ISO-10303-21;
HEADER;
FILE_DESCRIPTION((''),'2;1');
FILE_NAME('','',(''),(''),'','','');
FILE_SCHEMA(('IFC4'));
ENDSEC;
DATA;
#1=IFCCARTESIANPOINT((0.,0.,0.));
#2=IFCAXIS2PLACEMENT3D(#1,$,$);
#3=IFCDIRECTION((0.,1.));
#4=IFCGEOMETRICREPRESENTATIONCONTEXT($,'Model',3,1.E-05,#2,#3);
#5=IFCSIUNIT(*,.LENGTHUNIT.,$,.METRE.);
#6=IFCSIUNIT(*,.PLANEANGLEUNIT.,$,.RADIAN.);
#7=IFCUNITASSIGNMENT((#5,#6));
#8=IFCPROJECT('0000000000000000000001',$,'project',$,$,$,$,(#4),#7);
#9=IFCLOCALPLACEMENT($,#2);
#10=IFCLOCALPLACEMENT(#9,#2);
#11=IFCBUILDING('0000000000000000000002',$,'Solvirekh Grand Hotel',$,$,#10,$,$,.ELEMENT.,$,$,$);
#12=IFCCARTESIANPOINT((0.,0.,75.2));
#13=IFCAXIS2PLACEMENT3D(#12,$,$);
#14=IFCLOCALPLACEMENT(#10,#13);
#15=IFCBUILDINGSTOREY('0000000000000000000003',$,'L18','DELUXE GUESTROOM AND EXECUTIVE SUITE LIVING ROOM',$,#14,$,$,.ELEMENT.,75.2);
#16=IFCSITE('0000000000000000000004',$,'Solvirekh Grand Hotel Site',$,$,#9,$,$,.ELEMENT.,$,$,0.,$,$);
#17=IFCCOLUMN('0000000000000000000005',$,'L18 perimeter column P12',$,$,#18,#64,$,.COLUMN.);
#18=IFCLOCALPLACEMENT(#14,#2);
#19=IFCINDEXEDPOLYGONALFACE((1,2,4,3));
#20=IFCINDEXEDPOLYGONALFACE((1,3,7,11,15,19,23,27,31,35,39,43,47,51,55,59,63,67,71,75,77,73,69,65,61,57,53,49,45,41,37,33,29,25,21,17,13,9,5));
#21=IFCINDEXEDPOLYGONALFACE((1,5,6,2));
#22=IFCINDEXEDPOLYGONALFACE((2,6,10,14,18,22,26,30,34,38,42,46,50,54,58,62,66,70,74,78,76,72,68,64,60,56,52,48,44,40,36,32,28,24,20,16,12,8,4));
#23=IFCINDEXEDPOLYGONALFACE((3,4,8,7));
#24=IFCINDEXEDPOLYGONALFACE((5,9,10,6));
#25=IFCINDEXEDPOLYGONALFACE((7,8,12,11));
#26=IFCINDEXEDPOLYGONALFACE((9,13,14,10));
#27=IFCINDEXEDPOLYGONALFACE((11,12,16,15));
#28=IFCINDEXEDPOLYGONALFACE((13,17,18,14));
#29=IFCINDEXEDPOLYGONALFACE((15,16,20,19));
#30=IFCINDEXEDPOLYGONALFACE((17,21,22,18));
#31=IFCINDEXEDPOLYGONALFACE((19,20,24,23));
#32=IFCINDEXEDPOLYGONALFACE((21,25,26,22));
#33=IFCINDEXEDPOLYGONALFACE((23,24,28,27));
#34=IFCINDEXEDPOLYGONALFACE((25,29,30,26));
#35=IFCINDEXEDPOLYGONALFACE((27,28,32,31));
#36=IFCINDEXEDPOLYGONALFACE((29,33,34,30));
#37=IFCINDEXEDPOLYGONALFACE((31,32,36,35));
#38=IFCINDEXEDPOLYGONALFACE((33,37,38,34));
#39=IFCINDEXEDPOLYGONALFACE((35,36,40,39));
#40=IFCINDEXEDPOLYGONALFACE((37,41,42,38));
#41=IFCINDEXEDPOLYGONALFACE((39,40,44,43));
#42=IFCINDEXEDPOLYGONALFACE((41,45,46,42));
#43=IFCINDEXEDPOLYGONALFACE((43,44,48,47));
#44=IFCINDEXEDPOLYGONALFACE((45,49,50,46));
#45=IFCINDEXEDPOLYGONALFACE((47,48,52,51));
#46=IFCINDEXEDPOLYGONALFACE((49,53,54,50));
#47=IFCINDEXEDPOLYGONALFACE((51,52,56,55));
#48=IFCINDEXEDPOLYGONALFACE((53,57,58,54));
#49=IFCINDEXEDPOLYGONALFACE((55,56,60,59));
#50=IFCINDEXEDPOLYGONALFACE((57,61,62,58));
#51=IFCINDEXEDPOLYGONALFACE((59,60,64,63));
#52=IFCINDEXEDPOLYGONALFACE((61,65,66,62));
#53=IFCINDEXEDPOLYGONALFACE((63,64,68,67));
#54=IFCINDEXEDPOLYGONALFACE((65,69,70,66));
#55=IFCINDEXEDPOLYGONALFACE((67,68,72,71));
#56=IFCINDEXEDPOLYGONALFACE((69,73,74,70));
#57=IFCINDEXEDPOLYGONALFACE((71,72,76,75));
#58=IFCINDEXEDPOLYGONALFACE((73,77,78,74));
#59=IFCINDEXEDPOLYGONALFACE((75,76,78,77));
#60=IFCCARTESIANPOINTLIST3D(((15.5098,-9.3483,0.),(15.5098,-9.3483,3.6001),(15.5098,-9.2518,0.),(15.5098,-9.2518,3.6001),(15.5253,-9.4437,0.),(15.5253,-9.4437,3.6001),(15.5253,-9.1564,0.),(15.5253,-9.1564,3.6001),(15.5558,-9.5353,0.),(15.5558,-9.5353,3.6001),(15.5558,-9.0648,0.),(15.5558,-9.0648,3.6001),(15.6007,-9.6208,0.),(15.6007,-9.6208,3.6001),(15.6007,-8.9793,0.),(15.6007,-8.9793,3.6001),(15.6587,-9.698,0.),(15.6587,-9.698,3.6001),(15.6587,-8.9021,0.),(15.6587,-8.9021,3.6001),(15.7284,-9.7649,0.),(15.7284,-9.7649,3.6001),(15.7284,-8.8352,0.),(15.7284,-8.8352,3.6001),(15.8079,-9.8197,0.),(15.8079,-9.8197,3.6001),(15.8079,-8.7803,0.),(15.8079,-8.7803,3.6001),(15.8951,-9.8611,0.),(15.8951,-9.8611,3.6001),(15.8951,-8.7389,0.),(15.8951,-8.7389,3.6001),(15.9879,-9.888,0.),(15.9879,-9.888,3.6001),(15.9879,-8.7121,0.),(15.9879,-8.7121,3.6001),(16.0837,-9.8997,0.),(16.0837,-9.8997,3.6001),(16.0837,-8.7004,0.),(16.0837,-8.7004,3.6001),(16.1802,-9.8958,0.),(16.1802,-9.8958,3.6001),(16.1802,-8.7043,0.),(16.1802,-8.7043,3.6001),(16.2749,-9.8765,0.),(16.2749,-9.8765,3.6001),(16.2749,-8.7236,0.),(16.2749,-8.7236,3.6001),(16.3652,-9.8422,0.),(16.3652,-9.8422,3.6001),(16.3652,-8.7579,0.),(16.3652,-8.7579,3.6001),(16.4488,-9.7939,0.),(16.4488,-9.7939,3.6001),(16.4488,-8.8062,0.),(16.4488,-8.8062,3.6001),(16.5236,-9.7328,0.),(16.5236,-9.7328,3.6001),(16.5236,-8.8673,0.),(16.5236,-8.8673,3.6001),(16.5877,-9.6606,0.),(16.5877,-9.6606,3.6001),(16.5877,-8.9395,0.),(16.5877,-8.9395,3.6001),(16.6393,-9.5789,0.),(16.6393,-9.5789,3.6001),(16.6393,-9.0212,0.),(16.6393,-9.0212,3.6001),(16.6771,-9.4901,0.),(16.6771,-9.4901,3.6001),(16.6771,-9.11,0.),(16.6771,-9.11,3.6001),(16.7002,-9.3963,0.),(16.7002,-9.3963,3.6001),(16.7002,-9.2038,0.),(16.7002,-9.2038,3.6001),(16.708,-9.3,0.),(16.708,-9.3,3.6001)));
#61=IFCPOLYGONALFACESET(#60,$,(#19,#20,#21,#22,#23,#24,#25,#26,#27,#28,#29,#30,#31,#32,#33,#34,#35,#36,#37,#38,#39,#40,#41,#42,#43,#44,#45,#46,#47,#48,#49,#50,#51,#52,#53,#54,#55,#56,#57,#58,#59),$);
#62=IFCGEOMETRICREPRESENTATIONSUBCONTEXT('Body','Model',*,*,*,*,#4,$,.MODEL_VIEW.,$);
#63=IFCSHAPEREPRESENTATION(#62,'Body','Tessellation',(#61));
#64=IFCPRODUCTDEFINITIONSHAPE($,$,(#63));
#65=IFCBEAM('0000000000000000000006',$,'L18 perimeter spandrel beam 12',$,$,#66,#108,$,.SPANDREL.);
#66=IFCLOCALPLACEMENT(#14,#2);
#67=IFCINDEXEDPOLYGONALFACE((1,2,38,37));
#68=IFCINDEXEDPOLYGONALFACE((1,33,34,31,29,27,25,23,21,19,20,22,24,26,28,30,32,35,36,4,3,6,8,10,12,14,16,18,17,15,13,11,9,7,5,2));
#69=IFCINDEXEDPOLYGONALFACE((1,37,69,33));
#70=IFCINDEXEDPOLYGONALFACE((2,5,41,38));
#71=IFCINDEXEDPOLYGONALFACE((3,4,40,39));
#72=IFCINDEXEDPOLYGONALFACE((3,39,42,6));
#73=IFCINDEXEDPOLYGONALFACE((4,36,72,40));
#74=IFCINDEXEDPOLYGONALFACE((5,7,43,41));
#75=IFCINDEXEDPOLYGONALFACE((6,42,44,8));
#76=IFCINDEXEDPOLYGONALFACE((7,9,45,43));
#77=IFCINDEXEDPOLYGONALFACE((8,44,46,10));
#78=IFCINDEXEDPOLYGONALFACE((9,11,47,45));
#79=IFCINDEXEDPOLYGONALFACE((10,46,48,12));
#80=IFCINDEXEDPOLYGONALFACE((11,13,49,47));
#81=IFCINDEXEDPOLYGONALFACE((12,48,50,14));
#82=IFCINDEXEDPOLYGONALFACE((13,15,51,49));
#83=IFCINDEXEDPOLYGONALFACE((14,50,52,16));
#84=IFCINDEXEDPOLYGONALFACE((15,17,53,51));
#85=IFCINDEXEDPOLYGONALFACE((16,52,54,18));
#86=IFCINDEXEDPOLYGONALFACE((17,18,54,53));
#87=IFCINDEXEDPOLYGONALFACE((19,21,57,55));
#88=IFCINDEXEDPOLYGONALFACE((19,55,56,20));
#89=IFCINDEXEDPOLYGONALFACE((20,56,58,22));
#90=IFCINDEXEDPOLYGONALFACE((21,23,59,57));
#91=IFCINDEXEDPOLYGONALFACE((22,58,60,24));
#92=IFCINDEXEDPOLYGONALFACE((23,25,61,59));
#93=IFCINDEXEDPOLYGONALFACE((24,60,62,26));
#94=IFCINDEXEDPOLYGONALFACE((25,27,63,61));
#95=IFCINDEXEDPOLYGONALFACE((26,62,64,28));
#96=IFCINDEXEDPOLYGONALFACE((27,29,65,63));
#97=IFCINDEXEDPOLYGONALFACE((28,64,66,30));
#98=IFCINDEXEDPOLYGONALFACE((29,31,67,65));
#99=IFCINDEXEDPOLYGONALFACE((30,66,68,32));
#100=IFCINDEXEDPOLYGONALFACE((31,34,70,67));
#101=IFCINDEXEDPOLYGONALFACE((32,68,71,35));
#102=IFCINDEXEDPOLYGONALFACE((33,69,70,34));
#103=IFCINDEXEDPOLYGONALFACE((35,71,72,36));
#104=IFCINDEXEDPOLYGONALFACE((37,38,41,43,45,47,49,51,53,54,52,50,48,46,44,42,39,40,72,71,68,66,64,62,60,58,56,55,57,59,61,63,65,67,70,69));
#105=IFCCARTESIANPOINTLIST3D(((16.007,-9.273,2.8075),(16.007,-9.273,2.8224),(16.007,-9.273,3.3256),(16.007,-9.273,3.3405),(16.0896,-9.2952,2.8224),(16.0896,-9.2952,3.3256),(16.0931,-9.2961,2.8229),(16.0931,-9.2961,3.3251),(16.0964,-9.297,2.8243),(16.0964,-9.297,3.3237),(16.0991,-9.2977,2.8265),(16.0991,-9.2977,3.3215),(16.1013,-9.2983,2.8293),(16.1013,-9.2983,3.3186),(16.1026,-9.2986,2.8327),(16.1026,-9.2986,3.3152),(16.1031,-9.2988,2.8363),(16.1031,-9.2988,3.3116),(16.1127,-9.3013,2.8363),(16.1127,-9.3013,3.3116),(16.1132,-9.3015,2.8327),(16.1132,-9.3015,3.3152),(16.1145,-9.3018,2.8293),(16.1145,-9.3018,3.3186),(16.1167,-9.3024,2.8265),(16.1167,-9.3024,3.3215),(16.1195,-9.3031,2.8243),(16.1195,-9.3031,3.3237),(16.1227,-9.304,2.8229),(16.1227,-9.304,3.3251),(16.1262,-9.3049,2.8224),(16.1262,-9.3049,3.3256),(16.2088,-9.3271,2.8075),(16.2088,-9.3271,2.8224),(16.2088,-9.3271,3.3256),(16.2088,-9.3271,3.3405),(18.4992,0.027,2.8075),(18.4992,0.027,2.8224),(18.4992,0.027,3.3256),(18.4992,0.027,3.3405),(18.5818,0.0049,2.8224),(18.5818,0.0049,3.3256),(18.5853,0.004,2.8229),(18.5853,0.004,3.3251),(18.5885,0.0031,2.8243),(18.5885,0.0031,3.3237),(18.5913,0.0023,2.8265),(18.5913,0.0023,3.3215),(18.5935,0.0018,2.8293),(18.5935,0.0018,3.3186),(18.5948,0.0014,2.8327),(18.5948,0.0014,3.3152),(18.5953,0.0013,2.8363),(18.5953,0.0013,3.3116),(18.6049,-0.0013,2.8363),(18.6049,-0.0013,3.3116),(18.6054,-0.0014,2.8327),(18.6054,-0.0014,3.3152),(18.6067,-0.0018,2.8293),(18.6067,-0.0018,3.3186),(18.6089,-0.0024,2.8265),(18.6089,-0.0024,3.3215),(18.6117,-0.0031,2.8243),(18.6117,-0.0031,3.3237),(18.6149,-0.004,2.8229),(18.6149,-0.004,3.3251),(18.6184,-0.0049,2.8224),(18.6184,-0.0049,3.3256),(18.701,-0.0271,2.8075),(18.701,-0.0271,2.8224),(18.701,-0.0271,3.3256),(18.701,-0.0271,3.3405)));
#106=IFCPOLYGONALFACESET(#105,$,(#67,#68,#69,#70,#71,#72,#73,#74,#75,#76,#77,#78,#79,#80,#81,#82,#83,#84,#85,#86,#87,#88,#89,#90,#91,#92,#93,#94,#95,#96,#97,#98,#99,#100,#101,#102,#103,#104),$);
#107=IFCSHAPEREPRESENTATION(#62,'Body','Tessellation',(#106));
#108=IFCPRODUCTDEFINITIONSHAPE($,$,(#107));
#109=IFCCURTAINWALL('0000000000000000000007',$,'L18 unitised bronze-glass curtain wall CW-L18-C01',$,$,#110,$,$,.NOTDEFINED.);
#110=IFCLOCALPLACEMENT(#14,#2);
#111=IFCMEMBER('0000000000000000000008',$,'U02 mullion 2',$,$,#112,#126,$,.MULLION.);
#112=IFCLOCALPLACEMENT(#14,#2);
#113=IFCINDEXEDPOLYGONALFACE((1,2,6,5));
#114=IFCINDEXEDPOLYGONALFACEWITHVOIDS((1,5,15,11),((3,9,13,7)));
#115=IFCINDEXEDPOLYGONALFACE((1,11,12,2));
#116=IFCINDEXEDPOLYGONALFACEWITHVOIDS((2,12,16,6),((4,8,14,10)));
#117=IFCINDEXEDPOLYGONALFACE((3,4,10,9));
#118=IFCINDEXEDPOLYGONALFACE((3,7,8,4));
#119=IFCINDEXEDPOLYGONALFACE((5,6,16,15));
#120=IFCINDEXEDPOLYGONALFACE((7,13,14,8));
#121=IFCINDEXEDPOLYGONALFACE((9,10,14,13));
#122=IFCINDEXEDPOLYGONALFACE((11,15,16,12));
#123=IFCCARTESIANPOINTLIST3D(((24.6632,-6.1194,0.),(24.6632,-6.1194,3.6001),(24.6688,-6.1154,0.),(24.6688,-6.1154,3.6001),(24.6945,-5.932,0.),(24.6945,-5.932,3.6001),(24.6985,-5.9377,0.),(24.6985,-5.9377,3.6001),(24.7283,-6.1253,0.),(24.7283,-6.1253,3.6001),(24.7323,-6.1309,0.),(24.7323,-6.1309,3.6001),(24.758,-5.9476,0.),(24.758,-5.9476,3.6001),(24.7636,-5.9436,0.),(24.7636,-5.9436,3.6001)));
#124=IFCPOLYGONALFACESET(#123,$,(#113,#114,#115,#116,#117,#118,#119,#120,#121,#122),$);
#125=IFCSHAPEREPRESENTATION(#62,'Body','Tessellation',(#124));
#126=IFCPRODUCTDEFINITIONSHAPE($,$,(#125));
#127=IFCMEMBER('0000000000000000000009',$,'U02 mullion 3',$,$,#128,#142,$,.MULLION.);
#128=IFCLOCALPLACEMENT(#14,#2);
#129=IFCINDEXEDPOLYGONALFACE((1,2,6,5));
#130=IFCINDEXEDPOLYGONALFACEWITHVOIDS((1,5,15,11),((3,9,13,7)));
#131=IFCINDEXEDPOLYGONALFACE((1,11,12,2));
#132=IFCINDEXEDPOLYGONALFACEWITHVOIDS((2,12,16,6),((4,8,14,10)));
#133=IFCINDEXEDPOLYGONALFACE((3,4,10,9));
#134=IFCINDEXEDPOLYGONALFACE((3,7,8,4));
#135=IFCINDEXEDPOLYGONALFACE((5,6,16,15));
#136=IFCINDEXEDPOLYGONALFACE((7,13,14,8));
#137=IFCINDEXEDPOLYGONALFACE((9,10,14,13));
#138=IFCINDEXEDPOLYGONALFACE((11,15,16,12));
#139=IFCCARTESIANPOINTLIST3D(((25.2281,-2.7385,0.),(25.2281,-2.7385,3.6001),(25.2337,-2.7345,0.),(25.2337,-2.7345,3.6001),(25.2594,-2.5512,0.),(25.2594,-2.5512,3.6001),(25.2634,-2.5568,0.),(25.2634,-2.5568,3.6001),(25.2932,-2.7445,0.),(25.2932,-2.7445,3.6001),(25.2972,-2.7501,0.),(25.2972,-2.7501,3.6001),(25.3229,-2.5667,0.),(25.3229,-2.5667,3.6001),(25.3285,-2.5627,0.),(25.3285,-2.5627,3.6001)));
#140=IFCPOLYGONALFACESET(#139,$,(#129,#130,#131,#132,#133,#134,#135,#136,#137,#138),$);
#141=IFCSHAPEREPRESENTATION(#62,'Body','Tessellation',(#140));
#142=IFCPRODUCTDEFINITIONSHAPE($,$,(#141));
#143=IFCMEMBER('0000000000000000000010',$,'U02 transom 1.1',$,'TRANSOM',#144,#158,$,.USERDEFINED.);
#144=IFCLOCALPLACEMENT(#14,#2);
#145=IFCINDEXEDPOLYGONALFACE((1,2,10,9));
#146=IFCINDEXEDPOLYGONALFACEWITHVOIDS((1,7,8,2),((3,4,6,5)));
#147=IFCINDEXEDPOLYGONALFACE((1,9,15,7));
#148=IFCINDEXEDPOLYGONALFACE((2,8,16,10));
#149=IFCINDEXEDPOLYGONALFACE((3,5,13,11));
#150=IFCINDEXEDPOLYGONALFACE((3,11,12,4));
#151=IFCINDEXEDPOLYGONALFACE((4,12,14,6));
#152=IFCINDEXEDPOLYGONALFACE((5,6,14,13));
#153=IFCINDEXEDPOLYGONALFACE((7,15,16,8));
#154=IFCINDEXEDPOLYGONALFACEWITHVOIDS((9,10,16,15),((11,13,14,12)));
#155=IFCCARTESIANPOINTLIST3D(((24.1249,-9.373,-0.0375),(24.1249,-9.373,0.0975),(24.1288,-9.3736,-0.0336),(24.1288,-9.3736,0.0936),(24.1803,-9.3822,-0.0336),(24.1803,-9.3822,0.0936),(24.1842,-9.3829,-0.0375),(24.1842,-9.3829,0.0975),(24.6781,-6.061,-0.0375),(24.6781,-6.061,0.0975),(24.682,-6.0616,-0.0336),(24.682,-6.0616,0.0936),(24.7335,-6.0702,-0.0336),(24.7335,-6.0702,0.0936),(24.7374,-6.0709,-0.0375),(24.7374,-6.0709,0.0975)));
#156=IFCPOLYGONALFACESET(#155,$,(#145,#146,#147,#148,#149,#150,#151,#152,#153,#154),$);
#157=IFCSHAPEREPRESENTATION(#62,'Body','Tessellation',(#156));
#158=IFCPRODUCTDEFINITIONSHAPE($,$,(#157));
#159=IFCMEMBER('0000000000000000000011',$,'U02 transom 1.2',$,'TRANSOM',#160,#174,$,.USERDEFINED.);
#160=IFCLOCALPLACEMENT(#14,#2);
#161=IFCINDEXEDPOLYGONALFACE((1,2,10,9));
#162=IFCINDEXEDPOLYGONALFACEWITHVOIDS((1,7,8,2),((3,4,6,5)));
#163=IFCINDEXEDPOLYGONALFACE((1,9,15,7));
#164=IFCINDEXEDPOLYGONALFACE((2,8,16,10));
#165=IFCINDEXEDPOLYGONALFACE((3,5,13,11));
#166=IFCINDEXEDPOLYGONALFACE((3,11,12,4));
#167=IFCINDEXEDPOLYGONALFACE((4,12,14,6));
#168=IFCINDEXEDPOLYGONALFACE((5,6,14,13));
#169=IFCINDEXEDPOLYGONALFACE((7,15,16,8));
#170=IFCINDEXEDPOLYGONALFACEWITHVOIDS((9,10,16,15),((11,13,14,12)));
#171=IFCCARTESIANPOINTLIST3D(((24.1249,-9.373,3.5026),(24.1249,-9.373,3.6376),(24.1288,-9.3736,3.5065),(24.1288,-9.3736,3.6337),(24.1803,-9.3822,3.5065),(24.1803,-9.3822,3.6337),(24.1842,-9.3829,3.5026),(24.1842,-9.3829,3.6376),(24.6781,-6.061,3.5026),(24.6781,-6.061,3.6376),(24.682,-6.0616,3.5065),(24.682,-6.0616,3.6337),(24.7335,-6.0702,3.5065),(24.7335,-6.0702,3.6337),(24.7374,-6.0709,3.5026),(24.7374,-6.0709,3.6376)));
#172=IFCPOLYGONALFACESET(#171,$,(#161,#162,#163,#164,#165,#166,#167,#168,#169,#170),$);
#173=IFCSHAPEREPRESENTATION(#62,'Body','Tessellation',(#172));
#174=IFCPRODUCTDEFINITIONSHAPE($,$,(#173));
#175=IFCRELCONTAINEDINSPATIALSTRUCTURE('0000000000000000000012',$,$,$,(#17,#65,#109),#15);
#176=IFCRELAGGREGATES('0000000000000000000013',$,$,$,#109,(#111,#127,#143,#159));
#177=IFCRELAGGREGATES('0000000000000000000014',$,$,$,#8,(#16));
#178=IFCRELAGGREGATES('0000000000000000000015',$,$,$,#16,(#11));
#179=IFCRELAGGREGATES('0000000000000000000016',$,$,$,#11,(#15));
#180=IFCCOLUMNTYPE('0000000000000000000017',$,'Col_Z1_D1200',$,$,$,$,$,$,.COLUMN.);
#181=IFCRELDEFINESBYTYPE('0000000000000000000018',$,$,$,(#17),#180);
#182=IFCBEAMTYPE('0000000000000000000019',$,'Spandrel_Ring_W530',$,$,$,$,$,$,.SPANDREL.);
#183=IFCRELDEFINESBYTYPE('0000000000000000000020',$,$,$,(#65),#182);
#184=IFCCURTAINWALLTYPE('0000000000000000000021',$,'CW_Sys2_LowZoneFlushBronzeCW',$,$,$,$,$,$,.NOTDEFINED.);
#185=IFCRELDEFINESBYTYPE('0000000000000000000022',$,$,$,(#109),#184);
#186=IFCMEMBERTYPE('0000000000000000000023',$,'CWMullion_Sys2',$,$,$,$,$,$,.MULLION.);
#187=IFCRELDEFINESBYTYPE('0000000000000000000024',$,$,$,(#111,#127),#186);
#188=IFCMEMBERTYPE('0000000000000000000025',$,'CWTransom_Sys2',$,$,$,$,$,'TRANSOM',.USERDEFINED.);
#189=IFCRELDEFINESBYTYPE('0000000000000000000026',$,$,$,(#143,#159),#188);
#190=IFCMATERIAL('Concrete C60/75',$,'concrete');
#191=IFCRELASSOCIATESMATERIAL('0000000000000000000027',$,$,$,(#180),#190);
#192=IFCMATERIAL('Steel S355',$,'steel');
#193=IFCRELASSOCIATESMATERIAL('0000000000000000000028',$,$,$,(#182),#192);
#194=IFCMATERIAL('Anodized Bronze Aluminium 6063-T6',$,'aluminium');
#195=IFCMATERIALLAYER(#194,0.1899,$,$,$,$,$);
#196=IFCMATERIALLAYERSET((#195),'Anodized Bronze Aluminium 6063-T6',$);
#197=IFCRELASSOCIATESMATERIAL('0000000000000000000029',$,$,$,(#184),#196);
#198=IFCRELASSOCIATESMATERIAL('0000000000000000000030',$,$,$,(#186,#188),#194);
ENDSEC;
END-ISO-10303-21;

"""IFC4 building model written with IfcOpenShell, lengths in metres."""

from ifc_helpers import new_model, si_unit, direction, frame, origin, origin_2d, place, context, subcontext, project, spatial, hollow_rectangle, circle, i_section, extrude, source, transform, mapped, material, layer, layer_set, material_profile, profile_set, type_object, element, aggregate, save


model = new_model("IFC4")

# Units and contexts
model_context = context("Model", 3, precision=1e-05, world=origin(), true_north=direction((0.0, 1.0)))
body_context = subcontext(model_context, "Body", "Model", "MODEL_VIEW")
ifc_project = project(units=[si_unit("LENGTHUNIT", "METRE"), si_unit("PLANEANGLEUNIT", "RADIAN")], contexts=[model_context])

# Site, building, storey
site_placement = place(None, origin())
site = spatial("IfcSite", under=ifc_project, at=site_placement, Name="Solvirekh Grand Hotel Site", CompositionType="ELEMENT", RefElevation=0.0)
building_placement = place(site_placement, origin())
building = spatial("IfcBuilding", under=site, at=building_placement, Name="Solvirekh Grand Hotel", CompositionType="ELEMENT")
storey_placement = place(building_placement, frame((0.0, 0.0, 75.2)))
storey = spatial("IfcBuildingStorey", under=building, at=storey_placement, Name="L18", Description="DELUXE GUESTROOM AND EXECUTIVE SUITE LIVING ROOM", CompositionType="ELEMENT", Elevation=75.2)

# Column
ifc_material_1 = material(Name="Concrete C60/75", Category="concrete")
ifc_material_profile_1 = material_profile(ifc_material_1, circle(Radius=0.6001, at=origin_2d()), Name="RC CIRC D1200")
ifc_profile_set_1 = profile_set([ifc_material_profile_1], Name="Concrete C60/75")
column_type = type_object("IfcColumnType", Name="Col_Z1_D1200", PredefinedType="COLUMN", material=ifc_profile_set_1)
column_placement = place(storey_placement, frame((16.1079, -9.3, 0.0), z_axis=(0.0, 0.0, 1.0), x_axis=(1.0, 0.0, 0.0)))
element("IfcColumn", 1, at=column_placement, inside=storey, type_object=column_type, Name="L18 perimeter column P12", PredefinedType="COLUMN", context=body_context, shape_type="SweptSolid", body=[
    extrude(circle(Radius=0.6001, at=origin_2d()), origin(), (0.0, 0.0, 1.0), 3.6001),
])

# Beam
ifc_material_2 = material(Name="Steel S355", Category="steel")
ifc_material_profile_2 = material_profile(ifc_material_2, i_section(OverallWidth=0.209, OverallDepth=0.533, WebThickness=0.01, FlangeThickness=0.0149, FilletRadius=0.0139, at=origin_2d()), Name="W530X92")
ifc_profile_set_2 = profile_set([ifc_material_profile_2], Name="Steel S355")
beam_type = type_object("IfcBeamType", Name="Spandrel_Ring_W530", PredefinedType="SPANDREL", material=ifc_profile_set_2)
beam_placement = place(storey_placement, frame((16.1079, -9.3, 3.074), z_axis=(0.258843, 0.965919, 0.0), x_axis=(-0.965919, 0.258843, 0.0)))
element("IfcBeam", 2, at=beam_placement, inside=storey, type_object=beam_type, Name="L18 perimeter spandrel beam 12", PredefinedType="SPANDREL", context=body_context, shape_type="SweptSolid", body=[
    extrude(i_section(OverallWidth=0.209, OverallDepth=0.533, WebThickness=0.01, FlangeThickness=0.0149, FilletRadius=0.0139, at=origin_2d()), origin(), (0.0, 0.0, 1.0), 9.6282),
])

# Curtain wall, members
ifc_material_3 = material(Name="Anodized Bronze Aluminium 6063-T6", Category="aluminium")
ifc_layer_1 = layer(ifc_material_3, 0.1899)
ifc_layer_set_1 = layer_set([ifc_layer_1], Name="Anodized Bronze Aluminium 6063-T6")
curtain_wall_type = type_object("IfcCurtainWallType", Name="CW_Sys2_LowZoneFlushBronzeCW", PredefinedType="NOTDEFINED", material=ifc_layer_set_1)
curtain_wall_placement = place(storey_placement, origin())
curtain_wall = element("IfcCurtainWall", 3, at=curtain_wall_placement, inside=storey, type_object=curtain_wall_type, Name="L18 unitised bronze-glass curtain wall CW-L18-C01", PredefinedType="NOTDEFINED")
ifc_material_profile_3 = material_profile(ifc_material_3, hollow_rectangle(XDim=0.0701, YDim=0.1899, WallThickness=0.0049, at=origin_2d()), Name="ALU RHS 190X70X5")
ifc_profile_set_3 = profile_set([ifc_material_profile_3], Name="Anodized Bronze Aluminium 6063-T6")
member_type_1 = type_object("IfcMemberType", Name="CWMullion_Sys2", PredefinedType="MULLION", material=ifc_profile_set_3)
shared_shape_1 = source(origin(), body_context, "Body", "SweptSolid", [
    extrude(hollow_rectangle(XDim=0.0701, YDim=0.1899, WallThickness=0.0049, at=origin_2d()), origin(), (0.0, 0.0, 1.0), 3.6001),
])
member_1_placement = place(storey_placement, frame((24.7134, -6.0315, 0.0), z_axis=(0.0, 0.0, 1.0), x_axis=(-0.986335, 0.16475, 0.0)))
member_1 = element("IfcMember", 4, at=member_1_placement, type_object=member_type_1, Name="U02 mullion 2", PredefinedType="MULLION", context=body_context, shape_type="MappedRepresentation", body=[
    mapped(shared_shape_1, transform((0.0, 0.0, 0.0), x_axis=(1.0, 0.0, 0.0), y_axis=(0.0, 1.0, 0.0), z_axis=(0.0, 0.0, 1.0), scale=1.0)),
])
member_2_placement = place(storey_placement, frame((25.2783, -2.6506, 0.0), z_axis=(0.0, 0.0, 1.0), x_axis=(-0.986335, 0.16475, 0.0)))
member_2 = element("IfcMember", 5, at=member_2_placement, type_object=member_type_1, Name="U02 mullion 3", PredefinedType="MULLION", context=body_context, shape_type="MappedRepresentation", body=[
    mapped(shared_shape_1, transform((0.0, 0.0, 0.0), x_axis=(1.0, 0.0, 0.0), y_axis=(0.0, 1.0, 0.0), z_axis=(0.0, 0.0, 1.0), scale=1.0)),
])
ifc_material_profile_4 = material_profile(ifc_material_3, hollow_rectangle(XDim=0.0601, YDim=0.135, WallThickness=0.0039, at=origin_2d()), Name="ALU RHS 135X60X4")
ifc_profile_set_4 = profile_set([ifc_material_profile_4], Name="Anodized Bronze Aluminium 6063-T6")
member_type_2 = type_object("IfcMemberType", Name="CWTransom_Sys2", ElementType="TRANSOM", PredefinedType="USERDEFINED", material=ifc_profile_set_4)
shared_shape_2 = source(origin(), body_context, "Body", "SweptSolid", [
    extrude(hollow_rectangle(XDim=0.0601, YDim=0.135, WallThickness=0.0039, at=origin_2d()), origin(), (0.0, 0.0, 1.0), 3.3579),
])
member_3_placement = place(storey_placement, frame((24.1545, -9.3779, 0.03), z_axis=(0.164753, 0.986335, 0.0), x_axis=(-0.986335, 0.164753, 0.0)))
member_3 = element("IfcMember", 6, at=member_3_placement, type_object=member_type_2, Name="U02 transom 1.1", ObjectType="TRANSOM", PredefinedType="USERDEFINED", context=body_context, shape_type="MappedRepresentation", body=[
    mapped(shared_shape_2, transform((0.0, 0.0, 0.0), x_axis=(1.0, 0.0, 0.0), y_axis=(0.0, 1.0, 0.0), z_axis=(0.0, 0.0, 1.0), scale=1.0)),
])
member_4_placement = place(storey_placement, frame((24.1545, -9.3779, 3.5701), z_axis=(0.164753, 0.986335, 0.0), x_axis=(-0.986335, 0.164753, 0.0)))
member_4 = element("IfcMember", 7, at=member_4_placement, type_object=member_type_2, Name="U02 transom 1.2", ObjectType="TRANSOM", PredefinedType="USERDEFINED", context=body_context, shape_type="MappedRepresentation", body=[
    mapped(shared_shape_2, transform((0.0, 0.0, 0.0), x_axis=(1.0, 0.0, 0.0), y_axis=(0.0, 1.0, 0.0), z_axis=(0.0, 0.0, 1.0), scale=1.0)),
])
aggregate(curtain_wall, [member_1, member_2, member_3, member_4])

save(model, "model.ifc")
